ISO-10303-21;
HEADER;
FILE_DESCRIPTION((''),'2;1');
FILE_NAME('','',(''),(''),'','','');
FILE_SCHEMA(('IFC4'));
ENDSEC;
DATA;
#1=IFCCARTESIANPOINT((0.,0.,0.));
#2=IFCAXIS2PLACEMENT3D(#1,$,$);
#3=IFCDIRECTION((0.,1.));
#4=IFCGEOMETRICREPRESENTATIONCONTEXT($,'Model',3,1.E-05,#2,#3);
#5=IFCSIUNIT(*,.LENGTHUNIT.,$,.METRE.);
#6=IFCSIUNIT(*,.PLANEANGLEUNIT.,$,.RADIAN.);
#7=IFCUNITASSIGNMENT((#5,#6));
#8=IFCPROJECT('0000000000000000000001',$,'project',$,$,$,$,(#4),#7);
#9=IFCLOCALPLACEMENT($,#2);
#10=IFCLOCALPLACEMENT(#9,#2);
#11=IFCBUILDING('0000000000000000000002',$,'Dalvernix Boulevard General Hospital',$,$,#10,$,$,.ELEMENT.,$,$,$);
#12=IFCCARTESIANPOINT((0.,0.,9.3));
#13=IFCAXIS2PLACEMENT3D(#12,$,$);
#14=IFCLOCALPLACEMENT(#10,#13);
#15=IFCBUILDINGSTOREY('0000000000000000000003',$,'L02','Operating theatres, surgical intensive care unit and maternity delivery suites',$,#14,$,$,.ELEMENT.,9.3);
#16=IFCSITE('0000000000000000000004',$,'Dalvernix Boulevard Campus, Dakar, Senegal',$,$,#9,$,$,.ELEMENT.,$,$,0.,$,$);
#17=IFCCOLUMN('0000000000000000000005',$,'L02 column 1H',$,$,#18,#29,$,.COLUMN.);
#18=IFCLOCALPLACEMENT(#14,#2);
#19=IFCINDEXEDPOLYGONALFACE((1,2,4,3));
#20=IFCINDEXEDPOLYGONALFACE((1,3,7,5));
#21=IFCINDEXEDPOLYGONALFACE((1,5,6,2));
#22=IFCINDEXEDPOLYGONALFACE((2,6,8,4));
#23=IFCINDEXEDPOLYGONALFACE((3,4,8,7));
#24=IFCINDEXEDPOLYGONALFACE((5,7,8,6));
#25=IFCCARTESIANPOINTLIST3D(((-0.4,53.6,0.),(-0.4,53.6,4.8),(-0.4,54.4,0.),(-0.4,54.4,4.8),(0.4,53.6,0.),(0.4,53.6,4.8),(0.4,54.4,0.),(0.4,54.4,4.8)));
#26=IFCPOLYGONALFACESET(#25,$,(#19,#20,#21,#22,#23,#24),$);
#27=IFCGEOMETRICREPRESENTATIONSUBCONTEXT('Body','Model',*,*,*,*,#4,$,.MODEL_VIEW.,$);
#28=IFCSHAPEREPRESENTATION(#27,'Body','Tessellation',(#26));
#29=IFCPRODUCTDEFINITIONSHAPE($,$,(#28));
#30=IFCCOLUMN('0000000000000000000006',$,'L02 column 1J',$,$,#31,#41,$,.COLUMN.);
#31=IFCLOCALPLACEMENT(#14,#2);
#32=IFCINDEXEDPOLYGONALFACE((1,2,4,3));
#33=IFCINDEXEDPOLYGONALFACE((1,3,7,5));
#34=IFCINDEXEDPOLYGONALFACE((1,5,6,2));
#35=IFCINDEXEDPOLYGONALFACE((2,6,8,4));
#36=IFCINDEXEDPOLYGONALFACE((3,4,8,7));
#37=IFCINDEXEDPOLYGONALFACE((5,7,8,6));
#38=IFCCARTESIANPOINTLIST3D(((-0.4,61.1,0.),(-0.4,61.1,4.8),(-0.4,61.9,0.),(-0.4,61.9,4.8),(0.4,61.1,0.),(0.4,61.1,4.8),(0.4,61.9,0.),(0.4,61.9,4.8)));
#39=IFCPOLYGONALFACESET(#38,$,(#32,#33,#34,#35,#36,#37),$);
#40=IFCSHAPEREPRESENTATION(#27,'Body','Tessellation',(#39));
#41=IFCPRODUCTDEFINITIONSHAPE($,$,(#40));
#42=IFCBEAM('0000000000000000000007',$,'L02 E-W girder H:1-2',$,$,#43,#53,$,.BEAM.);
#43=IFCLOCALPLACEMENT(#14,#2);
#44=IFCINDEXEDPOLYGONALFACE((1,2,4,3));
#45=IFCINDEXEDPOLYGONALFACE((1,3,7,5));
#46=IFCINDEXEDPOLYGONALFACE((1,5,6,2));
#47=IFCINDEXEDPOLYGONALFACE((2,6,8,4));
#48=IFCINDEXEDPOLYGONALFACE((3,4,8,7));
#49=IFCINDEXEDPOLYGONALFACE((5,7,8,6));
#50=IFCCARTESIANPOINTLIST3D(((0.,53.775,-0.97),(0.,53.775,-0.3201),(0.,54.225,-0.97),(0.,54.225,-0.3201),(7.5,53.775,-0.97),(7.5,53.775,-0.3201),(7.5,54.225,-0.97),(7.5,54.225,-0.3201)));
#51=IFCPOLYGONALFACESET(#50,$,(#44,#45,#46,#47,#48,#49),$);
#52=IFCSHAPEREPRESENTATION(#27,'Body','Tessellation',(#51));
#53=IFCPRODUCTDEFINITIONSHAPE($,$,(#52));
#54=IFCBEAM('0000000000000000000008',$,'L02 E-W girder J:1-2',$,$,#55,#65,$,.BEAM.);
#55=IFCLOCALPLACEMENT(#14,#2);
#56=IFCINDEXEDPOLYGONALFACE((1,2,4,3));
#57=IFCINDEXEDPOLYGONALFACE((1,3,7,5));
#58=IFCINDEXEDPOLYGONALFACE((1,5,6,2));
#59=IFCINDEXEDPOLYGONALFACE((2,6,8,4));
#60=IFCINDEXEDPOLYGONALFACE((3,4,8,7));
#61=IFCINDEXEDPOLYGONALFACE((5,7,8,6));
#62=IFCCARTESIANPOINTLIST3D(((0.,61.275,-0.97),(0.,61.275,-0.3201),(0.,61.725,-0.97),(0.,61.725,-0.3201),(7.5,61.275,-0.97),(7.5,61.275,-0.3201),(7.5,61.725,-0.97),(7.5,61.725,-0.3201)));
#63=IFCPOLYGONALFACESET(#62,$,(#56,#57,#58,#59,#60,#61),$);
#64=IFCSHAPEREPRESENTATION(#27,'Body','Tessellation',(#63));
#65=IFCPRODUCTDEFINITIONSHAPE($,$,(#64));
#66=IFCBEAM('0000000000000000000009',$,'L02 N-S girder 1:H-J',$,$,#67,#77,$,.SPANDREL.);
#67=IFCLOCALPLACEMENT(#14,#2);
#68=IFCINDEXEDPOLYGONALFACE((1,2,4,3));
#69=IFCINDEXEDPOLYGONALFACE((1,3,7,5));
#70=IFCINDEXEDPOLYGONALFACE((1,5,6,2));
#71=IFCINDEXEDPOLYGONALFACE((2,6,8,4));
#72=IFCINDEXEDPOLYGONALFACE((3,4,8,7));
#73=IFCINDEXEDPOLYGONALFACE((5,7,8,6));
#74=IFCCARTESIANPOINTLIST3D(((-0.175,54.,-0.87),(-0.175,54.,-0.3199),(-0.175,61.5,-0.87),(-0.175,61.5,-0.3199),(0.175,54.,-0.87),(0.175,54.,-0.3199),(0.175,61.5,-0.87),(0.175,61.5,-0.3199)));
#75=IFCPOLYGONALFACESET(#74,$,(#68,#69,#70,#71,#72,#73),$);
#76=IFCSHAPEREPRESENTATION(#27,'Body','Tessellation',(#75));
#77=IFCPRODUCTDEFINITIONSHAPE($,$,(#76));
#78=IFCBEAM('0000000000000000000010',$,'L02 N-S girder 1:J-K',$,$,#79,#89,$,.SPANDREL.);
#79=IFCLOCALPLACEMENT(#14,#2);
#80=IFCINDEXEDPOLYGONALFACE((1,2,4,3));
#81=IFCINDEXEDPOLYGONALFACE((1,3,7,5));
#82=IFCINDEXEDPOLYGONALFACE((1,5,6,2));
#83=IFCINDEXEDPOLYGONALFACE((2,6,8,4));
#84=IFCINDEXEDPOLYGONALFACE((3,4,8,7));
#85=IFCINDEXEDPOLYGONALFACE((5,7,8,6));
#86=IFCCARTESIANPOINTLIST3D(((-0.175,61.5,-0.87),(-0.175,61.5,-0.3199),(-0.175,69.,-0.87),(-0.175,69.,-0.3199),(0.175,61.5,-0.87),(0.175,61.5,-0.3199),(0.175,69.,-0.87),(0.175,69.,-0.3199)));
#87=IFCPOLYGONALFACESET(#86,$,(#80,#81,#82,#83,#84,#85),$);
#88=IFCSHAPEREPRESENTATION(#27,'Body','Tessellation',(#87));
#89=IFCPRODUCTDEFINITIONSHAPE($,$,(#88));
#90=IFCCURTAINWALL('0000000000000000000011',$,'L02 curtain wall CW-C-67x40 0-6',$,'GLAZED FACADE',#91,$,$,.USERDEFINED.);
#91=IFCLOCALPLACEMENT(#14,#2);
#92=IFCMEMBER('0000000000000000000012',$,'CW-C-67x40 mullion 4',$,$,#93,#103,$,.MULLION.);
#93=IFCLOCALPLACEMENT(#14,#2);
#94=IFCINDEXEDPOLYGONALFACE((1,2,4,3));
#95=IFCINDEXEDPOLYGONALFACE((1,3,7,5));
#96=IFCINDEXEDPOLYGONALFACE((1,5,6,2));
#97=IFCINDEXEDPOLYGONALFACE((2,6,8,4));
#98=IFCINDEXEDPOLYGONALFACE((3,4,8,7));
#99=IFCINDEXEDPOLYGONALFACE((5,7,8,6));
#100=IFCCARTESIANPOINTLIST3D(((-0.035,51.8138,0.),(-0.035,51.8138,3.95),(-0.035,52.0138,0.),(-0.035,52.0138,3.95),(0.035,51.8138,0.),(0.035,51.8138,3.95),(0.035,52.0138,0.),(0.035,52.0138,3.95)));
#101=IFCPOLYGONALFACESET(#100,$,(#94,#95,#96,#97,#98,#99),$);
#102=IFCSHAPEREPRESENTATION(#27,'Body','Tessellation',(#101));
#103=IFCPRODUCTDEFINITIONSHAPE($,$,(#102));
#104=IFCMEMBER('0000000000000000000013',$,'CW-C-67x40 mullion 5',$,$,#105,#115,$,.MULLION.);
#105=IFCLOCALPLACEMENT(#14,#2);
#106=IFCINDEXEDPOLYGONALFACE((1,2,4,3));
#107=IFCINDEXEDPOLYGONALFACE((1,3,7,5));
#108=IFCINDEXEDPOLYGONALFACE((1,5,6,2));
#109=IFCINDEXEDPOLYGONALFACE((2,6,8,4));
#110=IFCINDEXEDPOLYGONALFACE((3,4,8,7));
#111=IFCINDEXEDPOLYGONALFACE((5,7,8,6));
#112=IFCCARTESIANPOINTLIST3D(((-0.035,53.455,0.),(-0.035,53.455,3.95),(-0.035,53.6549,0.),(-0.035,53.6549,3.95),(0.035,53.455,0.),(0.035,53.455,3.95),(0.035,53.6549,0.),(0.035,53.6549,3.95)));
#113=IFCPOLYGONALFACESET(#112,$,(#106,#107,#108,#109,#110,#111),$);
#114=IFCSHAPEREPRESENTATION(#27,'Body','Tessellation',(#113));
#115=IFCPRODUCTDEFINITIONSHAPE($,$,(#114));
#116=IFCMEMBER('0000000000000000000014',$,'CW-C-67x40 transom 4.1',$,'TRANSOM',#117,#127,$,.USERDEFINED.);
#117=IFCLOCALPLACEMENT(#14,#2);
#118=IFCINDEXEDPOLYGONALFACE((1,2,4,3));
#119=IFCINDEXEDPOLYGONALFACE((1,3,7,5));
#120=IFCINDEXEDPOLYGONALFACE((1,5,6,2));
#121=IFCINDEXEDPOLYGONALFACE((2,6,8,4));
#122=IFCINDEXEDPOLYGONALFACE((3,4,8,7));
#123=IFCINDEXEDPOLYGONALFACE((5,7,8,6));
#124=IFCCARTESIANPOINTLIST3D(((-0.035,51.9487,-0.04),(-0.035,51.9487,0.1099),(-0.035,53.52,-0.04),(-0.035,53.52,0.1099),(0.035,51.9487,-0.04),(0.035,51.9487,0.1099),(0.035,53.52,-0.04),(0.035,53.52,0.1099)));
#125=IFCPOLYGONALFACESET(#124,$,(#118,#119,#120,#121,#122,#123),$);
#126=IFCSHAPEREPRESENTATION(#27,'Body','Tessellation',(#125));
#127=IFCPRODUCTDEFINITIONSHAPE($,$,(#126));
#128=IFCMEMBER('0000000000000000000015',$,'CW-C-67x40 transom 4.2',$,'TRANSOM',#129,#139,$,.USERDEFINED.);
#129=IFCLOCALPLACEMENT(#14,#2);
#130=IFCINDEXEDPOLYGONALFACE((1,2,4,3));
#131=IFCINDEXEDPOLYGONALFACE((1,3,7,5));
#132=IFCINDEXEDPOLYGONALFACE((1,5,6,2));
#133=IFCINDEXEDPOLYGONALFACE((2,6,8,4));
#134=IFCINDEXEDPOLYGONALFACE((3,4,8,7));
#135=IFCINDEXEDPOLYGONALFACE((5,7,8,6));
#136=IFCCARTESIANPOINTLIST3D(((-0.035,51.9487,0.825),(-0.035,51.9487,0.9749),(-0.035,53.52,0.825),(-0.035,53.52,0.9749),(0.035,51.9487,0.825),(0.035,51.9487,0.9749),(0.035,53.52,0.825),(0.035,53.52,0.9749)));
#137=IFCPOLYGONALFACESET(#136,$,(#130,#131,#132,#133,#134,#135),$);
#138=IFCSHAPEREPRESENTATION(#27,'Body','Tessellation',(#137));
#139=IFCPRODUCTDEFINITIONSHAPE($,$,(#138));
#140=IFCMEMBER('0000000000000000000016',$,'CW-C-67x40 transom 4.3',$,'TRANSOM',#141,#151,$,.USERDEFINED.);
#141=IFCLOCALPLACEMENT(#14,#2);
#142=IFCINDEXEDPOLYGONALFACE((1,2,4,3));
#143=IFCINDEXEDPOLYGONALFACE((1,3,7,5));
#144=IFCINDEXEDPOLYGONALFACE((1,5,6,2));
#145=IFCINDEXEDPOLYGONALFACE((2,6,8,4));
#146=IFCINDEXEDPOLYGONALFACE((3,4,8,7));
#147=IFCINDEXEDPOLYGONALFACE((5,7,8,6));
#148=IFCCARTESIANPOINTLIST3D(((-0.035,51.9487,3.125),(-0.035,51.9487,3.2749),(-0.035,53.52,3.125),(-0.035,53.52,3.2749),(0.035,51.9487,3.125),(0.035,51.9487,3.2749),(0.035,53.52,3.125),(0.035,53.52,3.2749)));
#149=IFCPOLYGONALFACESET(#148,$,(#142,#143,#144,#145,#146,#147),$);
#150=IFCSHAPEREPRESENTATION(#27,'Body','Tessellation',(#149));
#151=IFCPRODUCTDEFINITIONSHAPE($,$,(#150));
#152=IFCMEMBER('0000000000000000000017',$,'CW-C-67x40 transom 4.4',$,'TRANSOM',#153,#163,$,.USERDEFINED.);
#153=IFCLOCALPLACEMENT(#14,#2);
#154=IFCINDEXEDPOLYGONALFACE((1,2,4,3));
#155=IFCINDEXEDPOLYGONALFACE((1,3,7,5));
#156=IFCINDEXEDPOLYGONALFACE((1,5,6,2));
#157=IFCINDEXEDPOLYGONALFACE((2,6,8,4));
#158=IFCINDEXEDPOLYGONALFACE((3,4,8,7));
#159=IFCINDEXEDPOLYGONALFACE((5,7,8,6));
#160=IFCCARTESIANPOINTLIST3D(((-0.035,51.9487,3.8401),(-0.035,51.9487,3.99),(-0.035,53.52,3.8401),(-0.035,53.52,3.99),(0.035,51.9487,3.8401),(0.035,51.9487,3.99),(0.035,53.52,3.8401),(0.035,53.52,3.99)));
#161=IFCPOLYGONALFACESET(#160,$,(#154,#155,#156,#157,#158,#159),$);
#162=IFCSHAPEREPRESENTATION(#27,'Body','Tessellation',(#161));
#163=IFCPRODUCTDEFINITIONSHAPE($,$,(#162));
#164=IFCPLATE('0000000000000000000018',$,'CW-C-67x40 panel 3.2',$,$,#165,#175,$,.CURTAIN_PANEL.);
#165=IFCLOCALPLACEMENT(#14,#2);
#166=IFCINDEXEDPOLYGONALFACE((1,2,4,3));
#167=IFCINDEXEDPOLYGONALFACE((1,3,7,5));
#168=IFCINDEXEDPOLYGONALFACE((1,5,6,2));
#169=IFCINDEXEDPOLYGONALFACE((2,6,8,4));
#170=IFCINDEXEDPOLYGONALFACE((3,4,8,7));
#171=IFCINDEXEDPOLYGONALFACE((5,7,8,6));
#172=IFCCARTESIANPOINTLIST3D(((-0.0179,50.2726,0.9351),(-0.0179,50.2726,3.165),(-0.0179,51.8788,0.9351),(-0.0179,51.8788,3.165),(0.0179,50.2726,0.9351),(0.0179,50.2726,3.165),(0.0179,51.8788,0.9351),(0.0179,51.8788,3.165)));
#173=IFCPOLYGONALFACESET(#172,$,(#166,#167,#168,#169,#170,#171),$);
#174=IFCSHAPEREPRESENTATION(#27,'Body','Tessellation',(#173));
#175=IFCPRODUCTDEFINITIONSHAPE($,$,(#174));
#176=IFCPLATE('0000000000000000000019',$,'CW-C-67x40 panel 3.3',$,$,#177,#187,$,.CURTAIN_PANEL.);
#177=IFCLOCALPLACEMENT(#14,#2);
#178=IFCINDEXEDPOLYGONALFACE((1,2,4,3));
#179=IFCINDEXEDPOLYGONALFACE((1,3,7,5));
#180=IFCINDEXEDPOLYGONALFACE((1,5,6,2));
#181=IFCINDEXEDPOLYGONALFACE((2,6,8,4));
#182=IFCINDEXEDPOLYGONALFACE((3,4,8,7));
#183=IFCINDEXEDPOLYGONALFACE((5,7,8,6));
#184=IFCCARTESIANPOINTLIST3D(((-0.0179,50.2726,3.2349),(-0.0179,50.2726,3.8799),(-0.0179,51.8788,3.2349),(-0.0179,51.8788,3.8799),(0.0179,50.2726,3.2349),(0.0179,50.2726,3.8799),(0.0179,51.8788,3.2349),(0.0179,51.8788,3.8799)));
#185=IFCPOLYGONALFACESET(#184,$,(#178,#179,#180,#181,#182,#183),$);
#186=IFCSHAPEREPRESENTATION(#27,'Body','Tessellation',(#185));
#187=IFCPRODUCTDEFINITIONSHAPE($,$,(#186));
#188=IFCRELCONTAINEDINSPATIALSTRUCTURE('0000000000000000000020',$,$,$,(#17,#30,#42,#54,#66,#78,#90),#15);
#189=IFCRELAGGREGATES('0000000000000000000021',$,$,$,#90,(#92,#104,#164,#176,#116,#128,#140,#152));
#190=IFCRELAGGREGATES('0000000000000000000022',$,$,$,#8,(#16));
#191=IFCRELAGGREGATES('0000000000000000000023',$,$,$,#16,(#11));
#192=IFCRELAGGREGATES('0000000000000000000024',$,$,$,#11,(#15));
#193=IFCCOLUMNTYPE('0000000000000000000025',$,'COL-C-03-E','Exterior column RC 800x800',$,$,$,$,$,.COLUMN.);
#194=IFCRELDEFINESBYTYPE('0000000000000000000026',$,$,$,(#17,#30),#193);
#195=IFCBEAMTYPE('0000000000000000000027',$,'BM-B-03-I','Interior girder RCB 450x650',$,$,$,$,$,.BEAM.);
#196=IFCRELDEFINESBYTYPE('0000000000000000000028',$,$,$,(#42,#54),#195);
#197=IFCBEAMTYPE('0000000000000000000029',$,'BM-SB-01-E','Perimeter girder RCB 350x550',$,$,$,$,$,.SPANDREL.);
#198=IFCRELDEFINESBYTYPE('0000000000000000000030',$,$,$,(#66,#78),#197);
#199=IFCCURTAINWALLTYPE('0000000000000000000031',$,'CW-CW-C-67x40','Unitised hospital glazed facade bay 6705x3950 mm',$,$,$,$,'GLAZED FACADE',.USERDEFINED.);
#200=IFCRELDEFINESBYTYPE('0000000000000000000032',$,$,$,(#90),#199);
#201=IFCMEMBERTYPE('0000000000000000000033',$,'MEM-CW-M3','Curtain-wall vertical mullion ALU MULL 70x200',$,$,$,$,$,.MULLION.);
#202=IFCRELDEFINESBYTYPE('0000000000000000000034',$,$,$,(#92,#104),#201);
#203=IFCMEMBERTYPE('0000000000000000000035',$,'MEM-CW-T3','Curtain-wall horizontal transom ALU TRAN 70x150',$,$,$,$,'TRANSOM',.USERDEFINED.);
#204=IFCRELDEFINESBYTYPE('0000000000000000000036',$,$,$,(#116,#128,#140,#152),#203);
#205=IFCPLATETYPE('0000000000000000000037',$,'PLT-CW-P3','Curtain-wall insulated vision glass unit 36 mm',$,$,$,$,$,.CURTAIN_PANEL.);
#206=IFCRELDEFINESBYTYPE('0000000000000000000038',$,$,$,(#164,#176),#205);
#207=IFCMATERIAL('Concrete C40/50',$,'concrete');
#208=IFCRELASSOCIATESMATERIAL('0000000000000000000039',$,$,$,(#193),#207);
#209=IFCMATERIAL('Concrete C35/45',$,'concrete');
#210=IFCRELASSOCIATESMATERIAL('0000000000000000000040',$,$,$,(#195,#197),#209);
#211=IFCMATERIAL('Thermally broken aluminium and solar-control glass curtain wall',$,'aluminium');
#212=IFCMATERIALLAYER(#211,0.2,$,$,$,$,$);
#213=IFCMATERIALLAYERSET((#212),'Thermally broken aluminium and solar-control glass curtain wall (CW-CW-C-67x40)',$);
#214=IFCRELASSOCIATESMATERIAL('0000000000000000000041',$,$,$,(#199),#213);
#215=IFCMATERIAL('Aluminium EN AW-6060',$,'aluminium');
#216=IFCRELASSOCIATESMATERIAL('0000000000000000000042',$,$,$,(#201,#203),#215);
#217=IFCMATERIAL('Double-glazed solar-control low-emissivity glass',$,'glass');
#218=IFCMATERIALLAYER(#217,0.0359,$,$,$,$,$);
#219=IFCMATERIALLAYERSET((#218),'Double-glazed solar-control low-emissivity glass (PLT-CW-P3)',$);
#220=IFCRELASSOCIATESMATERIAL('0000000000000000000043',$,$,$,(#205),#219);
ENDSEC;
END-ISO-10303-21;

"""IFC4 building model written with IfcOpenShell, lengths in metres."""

from ifc_helpers import new_model, si_unit, direction, frame, origin, origin_2d, place, context, subcontext, project, spatial, rectangle, extrude, material, layer, layer_set, material_profile, profile_set, type_object, element, aggregate, save


model = new_model("IFC4")

# Units and contexts
model_context = context("Model", 3, precision=1e-05, world=origin(), true_north=direction((0.0, 1.0)))
body_context = subcontext(model_context, "Body", "Model", "MODEL_VIEW")
ifc_project = project(units=[si_unit("LENGTHUNIT", "METRE"), si_unit("PLANEANGLEUNIT", "RADIAN")], contexts=[model_context])

# Site, building, storey
site_placement = place(None, origin())
site = spatial("IfcSite", under=ifc_project, at=site_placement, Name="Dalvernix Boulevard Campus, Dakar, Senegal", CompositionType="ELEMENT", RefElevation=0.0)
building_placement = place(site_placement, origin())
building = spatial("IfcBuilding", under=site, at=building_placement, Name="Dalvernix Boulevard General Hospital", CompositionType="ELEMENT")
storey_placement = place(building_placement, frame((0.0, 0.0, 9.3)))
storey = spatial("IfcBuildingStorey", under=building, at=storey_placement, Name="L02", Description="Operating theatres, surgical intensive care unit and maternity delivery suites", CompositionType="ELEMENT", Elevation=9.3)

# Columns
ifc_material_1 = material(Name="Concrete C40/50", Category="concrete")
ifc_material_profile_1 = material_profile(ifc_material_1, rectangle(XDim=0.8, YDim=0.8, at=origin_2d()), Name="RC 800x800")
ifc_profile_set_1 = profile_set([ifc_material_profile_1], Name="Concrete C40/50")
column_type = type_object("IfcColumnType", Name="COL-C-03-E", Description="Exterior column RC 800x800", PredefinedType="COLUMN", material=ifc_profile_set_1)
for number, where, z_axis, x_axis, name in (
    (1, (0.0, 54.0, 0.0), (0.0, 0.0, 1.0), (1.0, 0.0, 0.0), "L02 column 1H"),
    (2, (0.0, 61.5, 0.0), (0.0, 0.0, 1.0), (1.0, 0.0, 0.0), "L02 column 1J"),
):
    element("IfcColumn", number, at=place(storey_placement, frame(where, z_axis=z_axis, x_axis=x_axis)), inside=storey, type_object=column_type, Name=name, PredefinedType="COLUMN", context=body_context, shape_type="SweptSolid", body=[
        extrude(rectangle(XDim=0.8, YDim=0.8, at=origin_2d()), origin(), (0.0, 0.0, 1.0), 4.8),
    ])

# Beams
ifc_material_2 = material(Name="Concrete C35/45", Category="concrete")
ifc_material_profile_2 = material_profile(ifc_material_2, rectangle(XDim=0.45, YDim=0.6499, at=origin_2d()), Name="RCB 450x650")
ifc_profile_set_2 = profile_set([ifc_material_profile_2], Name="Concrete C35/45")
beam_type_1 = type_object("IfcBeamType", Name="BM-B-03-I", Description="Interior girder RCB 450x650", PredefinedType="BEAM", material=ifc_profile_set_2)
for number, where, z_axis, x_axis, name in (
    (3, (0.0, 54.0, -0.645), (1.0, 0.0, 0.0), (0.0, 1.0, 0.0), "L02 E-W girder H:1-2"),
    (4, (0.0, 61.5, -0.645), (1.0, 0.0, 0.0), (0.0, 1.0, 0.0), "L02 E-W girder J:1-2"),
):
    element("IfcBeam", number, at=place(storey_placement, frame(where, z_axis=z_axis, x_axis=x_axis)), inside=storey, type_object=beam_type_1, Name=name, PredefinedType="BEAM", context=body_context, shape_type="SweptSolid", body=[
        extrude(rectangle(XDim=0.45, YDim=0.6499, at=origin_2d()), origin(), (0.0, 0.0, 1.0), 7.5),
    ])
ifc_material_profile_3 = material_profile(ifc_material_2, rectangle(XDim=0.3501, YDim=0.55, at=origin_2d()), Name="RCB 350x550")
ifc_profile_set_3 = profile_set([ifc_material_profile_3], Name="Concrete C35/45")
beam_type_2 = type_object("IfcBeamType", Name="BM-SB-01-E", Description="Perimeter girder RCB 350x550", PredefinedType="SPANDREL", material=ifc_profile_set_3)
for number, where, z_axis, x_axis, name in (
    (5, (0.0, 54.0, -0.595), (0.0, 1.0, 0.0), (-1.0, 0.0, 0.0), "L02 N-S girder 1:H-J"),
    (6, (0.0, 61.5, -0.595), (0.0, 1.0, 0.0), (-1.0, 0.0, 0.0), "L02 N-S girder 1:J-K"),
):
    element("IfcBeam", number, at=place(storey_placement, frame(where, z_axis=z_axis, x_axis=x_axis)), inside=storey, type_object=beam_type_2, Name=name, PredefinedType="SPANDREL", context=body_context, shape_type="SweptSolid", body=[
        extrude(rectangle(XDim=0.3501, YDim=0.55, at=origin_2d()), origin(), (0.0, 0.0, 1.0), 7.5),
    ])

# Curtain wall, members, plates
ifc_material_3 = material(Name="Thermally broken aluminium and solar-control glass curtain wall", Category="aluminium")
ifc_layer_1 = layer(ifc_material_3, 0.2)
ifc_layer_set_1 = layer_set([ifc_layer_1], Name="Thermally broken aluminium and solar-control glass curtain wall (CW-CW-C-67x40)")
curtain_wall_type = type_object("IfcCurtainWallType", Name="CW-CW-C-67x40", Description="Unitised hospital glazed facade bay 6705x3950 mm", ElementType="GLAZED FACADE", PredefinedType="USERDEFINED", material=ifc_layer_set_1)
curtain_wall_placement = place(storey_placement, origin())
curtain_wall = element("IfcCurtainWall", 7, at=curtain_wall_placement, inside=storey, type_object=curtain_wall_type, Name="L02 curtain wall CW-C-67x40 0-6", ObjectType="GLAZED FACADE", PredefinedType="USERDEFINED")
ifc_material_4 = material(Name="Aluminium EN AW-6060", Category="aluminium")
ifc_material_profile_4 = material_profile(ifc_material_4, rectangle(XDim=0.0701, YDim=0.2, at=origin_2d()), Name="ALU MULL 70x200")
ifc_profile_set_4 = profile_set([ifc_material_profile_4], Name="Aluminium EN AW-6060")
member_type_1 = type_object("IfcMemberType", Name="MEM-CW-M3", Description="Curtain-wall vertical mullion ALU MULL 70x200", PredefinedType="MULLION", material=ifc_profile_set_4)
member_1_placement = place(storey_placement, frame((0.0, 51.9138, 0.0), z_axis=(0.0, 0.0, 1.0), x_axis=(-1.0, 0.0, 0.0)))
member_1 = element("IfcMember", 8, at=member_1_placement, type_object=member_type_1, Name="CW-C-67x40 mullion 4", PredefinedType="MULLION", context=body_context, shape_type="SweptSolid", body=[
    extrude(rectangle(XDim=0.0701, YDim=0.2, at=origin_2d()), origin(), (0.0, 0.0, 1.0), 3.95),
])
member_2_placement = place(storey_placement, frame((0.0, 53.5549, 0.0), z_axis=(0.0, 0.0, 1.0), x_axis=(-1.0, 0.0, 0.0)))
member_2 = element("IfcMember", 9, at=member_2_placement, type_object=member_type_1, Name="CW-C-67x40 mullion 5", PredefinedType="MULLION", context=body_context, shape_type="SweptSolid", body=[
    extrude(rectangle(XDim=0.0701, YDim=0.2, at=origin_2d()), origin(), (0.0, 0.0, 1.0), 3.95),
])
ifc_material_profile_5 = material_profile(ifc_material_4, rectangle(XDim=0.0701, YDim=0.1499, at=origin_2d()), Name="ALU TRAN 70x150")
ifc_profile_set_5 = profile_set([ifc_material_profile_5], Name="Aluminium EN AW-6060")
member_type_2 = type_object("IfcMemberType", Name="MEM-CW-T3", Description="Curtain-wall horizontal transom ALU TRAN 70x150", ElementType="TRANSOM", PredefinedType="USERDEFINED", material=ifc_profile_set_5)
member_3_placement = place(storey_placement, frame((0.0, 51.9487, 0.0349), z_axis=(0.0, 1.0, 0.0), x_axis=(-1.0, 0.0, 0.0)))
member_3 = element("IfcMember", 10, at=member_3_placement, type_object=member_type_2, Name="CW-C-67x40 transom 4.1", ObjectType="TRANSOM", PredefinedType="USERDEFINED", context=body_context, shape_type="SweptSolid", body=[
    extrude(rectangle(XDim=0.0701, YDim=0.1499, at=origin_2d()), origin(), (0.0, 0.0, 1.0), 1.5713),
])
member_4_placement = place(storey_placement, frame((0.0, 51.9487, 0.8999), z_axis=(0.0, 1.0, 0.0), x_axis=(-1.0, 0.0, 0.0)))
member_4 = element("IfcMember", 11, at=member_4_placement, type_object=member_type_2, Name="CW-C-67x40 transom 4.2", ObjectType="TRANSOM", PredefinedType="USERDEFINED", context=body_context, shape_type="SweptSolid", body=[
    extrude(rectangle(XDim=0.0701, YDim=0.1499, at=origin_2d()), origin(), (0.0, 0.0, 1.0), 1.5713),
])
member_5_placement = place(storey_placement, frame((0.0, 51.9487, 3.2), z_axis=(0.0, 1.0, 0.0), x_axis=(-1.0, 0.0, 0.0)))
member_5 = element("IfcMember", 12, at=member_5_placement, type_object=member_type_2, Name="CW-C-67x40 transom 4.3", ObjectType="TRANSOM", PredefinedType="USERDEFINED", context=body_context, shape_type="SweptSolid", body=[
    extrude(rectangle(XDim=0.0701, YDim=0.1499, at=origin_2d()), origin(), (0.0, 0.0, 1.0), 1.5713),
])
member_6_placement = place(storey_placement, frame((0.0, 51.9487, 3.915), z_axis=(0.0, 1.0, 0.0), x_axis=(-1.0, 0.0, 0.0)))
member_6 = element("IfcMember", 13, at=member_6_placement, type_object=member_type_2, Name="CW-C-67x40 transom 4.4", ObjectType="TRANSOM", PredefinedType="USERDEFINED", context=body_context, shape_type="SweptSolid", body=[
    extrude(rectangle(XDim=0.0701, YDim=0.1499, at=origin_2d()), origin(), (0.0, 0.0, 1.0), 1.5713),
])
ifc_material_5 = material(Name="Double-glazed solar-control low-emissivity glass", Category="glass")
ifc_layer_2 = layer(ifc_material_5, 0.0359)
ifc_layer_set_2 = layer_set([ifc_layer_2], Name="Double-glazed solar-control low-emissivity glass (PLT-CW-P3)")
plate_type = type_object("IfcPlateType", Name="PLT-CW-P3", Description="Curtain-wall insulated vision glass unit 36 mm", PredefinedType="CURTAIN_PANEL", material=ifc_layer_set_2)
plate_1_placement = place(storey_placement, frame((0.0, 51.0757, 0.9351), z_axis=(0.0, 0.0, 1.0), x_axis=(0.0, 1.0, 0.0)))
plate_1 = element("IfcPlate", 14, at=plate_1_placement, type_object=plate_type, Name="CW-C-67x40 panel 3.2", PredefinedType="CURTAIN_PANEL", context=body_context, shape_type="SweptSolid", body=[
    extrude(rectangle(XDim=1.6062, YDim=0.0359, at=origin_2d()), origin(), (0.0, 0.0, 1.0), 2.23),
])
plate_2_placement = place(storey_placement, frame((0.0, 51.0757, 3.2349), z_axis=(0.0, 0.0, 1.0), x_axis=(0.0, 1.0, 0.0)))
plate_2 = element("IfcPlate", 15, at=plate_2_placement, type_object=plate_type, Name="CW-C-67x40 panel 3.3", PredefinedType="CURTAIN_PANEL", context=body_context, shape_type="SweptSolid", body=[
    extrude(rectangle(XDim=1.6062, YDim=0.0359, at=origin_2d()), origin(), (0.0, 0.0, 1.0), 0.645),
])
aggregate(curtain_wall, [member_1, member_2, plate_1, plate_2, member_3, member_4, member_5, member_6])

save(model, "model.ifc")
